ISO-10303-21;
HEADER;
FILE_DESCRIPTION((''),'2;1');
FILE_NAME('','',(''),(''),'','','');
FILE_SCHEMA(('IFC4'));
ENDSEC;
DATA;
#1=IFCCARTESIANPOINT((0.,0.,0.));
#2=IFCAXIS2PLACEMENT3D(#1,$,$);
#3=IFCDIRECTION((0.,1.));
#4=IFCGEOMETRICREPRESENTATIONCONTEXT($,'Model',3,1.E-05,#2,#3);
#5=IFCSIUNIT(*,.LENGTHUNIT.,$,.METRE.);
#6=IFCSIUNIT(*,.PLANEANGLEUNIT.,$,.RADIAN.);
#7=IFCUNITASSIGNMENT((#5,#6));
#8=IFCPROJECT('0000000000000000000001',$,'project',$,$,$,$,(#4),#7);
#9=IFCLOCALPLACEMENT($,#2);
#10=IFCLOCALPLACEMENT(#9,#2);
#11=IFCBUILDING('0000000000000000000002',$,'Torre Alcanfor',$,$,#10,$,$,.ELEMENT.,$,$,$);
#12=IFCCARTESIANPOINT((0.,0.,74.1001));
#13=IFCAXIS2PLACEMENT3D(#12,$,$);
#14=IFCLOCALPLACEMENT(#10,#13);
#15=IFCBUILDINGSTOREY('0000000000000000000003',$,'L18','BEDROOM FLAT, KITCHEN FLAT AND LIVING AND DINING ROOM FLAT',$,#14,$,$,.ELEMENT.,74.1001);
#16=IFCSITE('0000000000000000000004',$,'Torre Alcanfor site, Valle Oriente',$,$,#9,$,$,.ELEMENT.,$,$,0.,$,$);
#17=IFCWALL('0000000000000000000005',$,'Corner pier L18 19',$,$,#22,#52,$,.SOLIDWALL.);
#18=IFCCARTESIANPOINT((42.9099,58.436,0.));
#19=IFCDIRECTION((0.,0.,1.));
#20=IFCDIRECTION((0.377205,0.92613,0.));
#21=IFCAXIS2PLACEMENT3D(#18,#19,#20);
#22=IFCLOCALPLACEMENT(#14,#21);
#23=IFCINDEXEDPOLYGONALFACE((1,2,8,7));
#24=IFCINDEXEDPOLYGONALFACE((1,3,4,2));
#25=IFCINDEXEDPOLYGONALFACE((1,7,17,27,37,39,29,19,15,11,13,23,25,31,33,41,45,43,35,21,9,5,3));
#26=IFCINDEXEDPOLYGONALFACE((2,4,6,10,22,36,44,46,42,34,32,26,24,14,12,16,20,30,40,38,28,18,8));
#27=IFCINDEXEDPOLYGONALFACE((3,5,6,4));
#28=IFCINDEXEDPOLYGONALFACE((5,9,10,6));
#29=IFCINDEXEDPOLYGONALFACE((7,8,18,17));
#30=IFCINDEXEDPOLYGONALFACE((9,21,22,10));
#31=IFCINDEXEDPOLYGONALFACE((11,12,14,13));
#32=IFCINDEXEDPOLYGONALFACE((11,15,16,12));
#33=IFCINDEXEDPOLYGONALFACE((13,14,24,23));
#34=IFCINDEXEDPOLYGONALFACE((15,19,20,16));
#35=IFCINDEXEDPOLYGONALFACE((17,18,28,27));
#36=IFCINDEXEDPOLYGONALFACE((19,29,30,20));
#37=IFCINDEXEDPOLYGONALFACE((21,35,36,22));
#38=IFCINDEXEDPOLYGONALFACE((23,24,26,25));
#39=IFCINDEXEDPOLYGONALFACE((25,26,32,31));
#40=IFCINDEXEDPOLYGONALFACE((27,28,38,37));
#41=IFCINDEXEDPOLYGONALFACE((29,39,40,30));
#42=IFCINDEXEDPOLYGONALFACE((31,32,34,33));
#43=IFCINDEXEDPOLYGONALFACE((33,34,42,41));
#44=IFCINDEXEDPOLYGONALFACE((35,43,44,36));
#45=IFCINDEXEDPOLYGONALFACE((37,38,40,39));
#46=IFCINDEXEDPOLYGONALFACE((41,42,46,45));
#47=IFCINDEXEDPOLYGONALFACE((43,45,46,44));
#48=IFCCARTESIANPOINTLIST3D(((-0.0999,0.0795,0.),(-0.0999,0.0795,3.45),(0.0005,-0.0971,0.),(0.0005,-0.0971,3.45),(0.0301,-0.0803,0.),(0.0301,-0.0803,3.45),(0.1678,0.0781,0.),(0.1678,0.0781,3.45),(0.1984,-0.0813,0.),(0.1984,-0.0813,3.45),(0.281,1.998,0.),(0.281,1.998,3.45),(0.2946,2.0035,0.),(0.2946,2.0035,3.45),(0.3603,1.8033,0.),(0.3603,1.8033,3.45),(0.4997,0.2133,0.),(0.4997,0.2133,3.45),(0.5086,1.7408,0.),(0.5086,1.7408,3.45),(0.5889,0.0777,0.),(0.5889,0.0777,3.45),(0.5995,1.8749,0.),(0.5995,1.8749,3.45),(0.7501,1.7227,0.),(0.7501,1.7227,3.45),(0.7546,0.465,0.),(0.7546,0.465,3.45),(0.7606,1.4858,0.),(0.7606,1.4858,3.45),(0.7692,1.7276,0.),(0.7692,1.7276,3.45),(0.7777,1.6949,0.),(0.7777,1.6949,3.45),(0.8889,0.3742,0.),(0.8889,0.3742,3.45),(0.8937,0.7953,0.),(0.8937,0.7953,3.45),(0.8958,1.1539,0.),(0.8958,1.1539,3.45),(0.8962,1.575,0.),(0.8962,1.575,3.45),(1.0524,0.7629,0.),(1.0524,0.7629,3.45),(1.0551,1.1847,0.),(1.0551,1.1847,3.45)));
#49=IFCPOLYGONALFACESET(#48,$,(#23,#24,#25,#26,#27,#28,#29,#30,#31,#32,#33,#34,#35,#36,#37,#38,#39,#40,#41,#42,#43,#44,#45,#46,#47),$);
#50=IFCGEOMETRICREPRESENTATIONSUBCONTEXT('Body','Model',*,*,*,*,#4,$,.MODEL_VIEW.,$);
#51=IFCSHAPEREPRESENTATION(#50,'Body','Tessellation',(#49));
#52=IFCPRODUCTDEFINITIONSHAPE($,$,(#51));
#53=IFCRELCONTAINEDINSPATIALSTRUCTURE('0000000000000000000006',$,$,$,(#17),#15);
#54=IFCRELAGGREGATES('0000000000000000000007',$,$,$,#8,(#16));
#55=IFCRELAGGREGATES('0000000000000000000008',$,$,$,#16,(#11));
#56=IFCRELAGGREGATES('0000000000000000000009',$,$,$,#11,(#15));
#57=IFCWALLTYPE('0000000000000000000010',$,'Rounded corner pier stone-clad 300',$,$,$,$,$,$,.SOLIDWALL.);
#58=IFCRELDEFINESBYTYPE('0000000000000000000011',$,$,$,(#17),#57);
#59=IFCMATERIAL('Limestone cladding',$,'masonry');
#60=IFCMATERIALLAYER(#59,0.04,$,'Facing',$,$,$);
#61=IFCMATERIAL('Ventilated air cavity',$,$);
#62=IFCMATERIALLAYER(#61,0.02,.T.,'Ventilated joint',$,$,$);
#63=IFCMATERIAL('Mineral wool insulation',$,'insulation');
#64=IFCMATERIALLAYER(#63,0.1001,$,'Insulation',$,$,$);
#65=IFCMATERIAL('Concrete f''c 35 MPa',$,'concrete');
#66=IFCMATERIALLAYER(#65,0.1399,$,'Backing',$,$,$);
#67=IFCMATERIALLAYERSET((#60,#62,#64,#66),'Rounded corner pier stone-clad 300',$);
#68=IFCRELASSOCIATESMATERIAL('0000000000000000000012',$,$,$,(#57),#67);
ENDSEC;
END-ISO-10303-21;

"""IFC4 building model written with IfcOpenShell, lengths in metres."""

from ifc_helpers import new_model, si_unit, direction, frame, origin, place, context, subcontext, project, spatial, polyline, outline, extrude, material, layer, layer_set, type_object, element, save


model = new_model("IFC4")

# Units and contexts
model_context = context("Model", 3, precision=1e-05, world=origin(), true_north=direction((0.0, 1.0)))
body_context = subcontext(model_context, "Body", "Model", "MODEL_VIEW")
ifc_project = project(units=[si_unit("LENGTHUNIT", "METRE"), si_unit("PLANEANGLEUNIT", "RADIAN")], contexts=[model_context])

# Site, building, storey
site_placement = place(None, origin())
site = spatial("IfcSite", under=ifc_project, at=site_placement, Name="Torre Alcanfor site, Valle Oriente", CompositionType="ELEMENT", RefElevation=0.0)
building_placement = place(site_placement, origin())
building = spatial("IfcBuilding", under=site, at=building_placement, Name="Torre Alcanfor", CompositionType="ELEMENT")
storey_placement = place(building_placement, frame((0.0, 0.0, 74.1001)))
storey = spatial("IfcBuildingStorey", under=building, at=storey_placement, Name="L18", Description="BEDROOM FLAT, KITCHEN FLAT AND LIVING AND DINING ROOM FLAT", CompositionType="ELEMENT", Elevation=74.1001)

# Shared definitions
ifc_material_1 = material(Name="Limestone cladding", Category="masonry")
ifc_material_2 = material(Name="Ventilated air cavity")
ifc_material_3 = material(Name="Mineral wool insulation", Category="insulation")
ifc_material_4 = material(Name="Concrete f'c 35 MPa", Category="concrete")

# Wall
ifc_layer_1 = layer(ifc_material_1, 0.04, Name="Facing")
ifc_layer_2 = layer(ifc_material_2, 0.02, ventilated=True, Name="Ventilated joint")
ifc_layer_3 = layer(ifc_material_3, 0.1001, Name="Insulation")
ifc_layer_4 = layer(ifc_material_4, 0.1399, Name="Backing")
ifc_layer_set_1 = layer_set([ifc_layer_1, ifc_layer_2, ifc_layer_3, ifc_layer_4], Name="Rounded corner pier stone-clad 300")
wall_type_1 = type_object("IfcWallType", Name="Rounded corner pier stone-clad 300", PredefinedType="SOLIDWALL", material=ifc_layer_set_1)
wall_1_placement = place(storey_placement, frame((42.9099, 58.436, 0.0), z_axis=(0.0, 0.0, 1.0), x_axis=(0.377205, 0.92613, 0.0)))
element("IfcWall", 1, at=wall_1_placement, inside=storey, type_object=wall_type_1, Name="Corner pier L18 19", PredefinedType="SOLIDWALL", context=body_context, shape_type="SweptSolid", body=[
    extrude(outline(polyline([(0.7692, 1.7276), (0.7501, 1.7227), (0.5995, 1.8749), (0.2946, 2.0035), (0.281, 1.998), (0.3603, 1.8033), (0.5086, 1.7408), (0.7606, 1.4858), (0.8958, 1.1539), (0.8937, 0.7953), (0.7546, 0.465), (0.4997, 0.2133), (0.1678, 0.0781), (-0.0999, 0.0795), (0.0005, -0.0971), (0.0301, -0.0803), (0.1984, -0.0813), (0.5889, 0.0777), (0.8889, 0.3742), (1.0524, 0.7629), (1.0551, 1.1847), (0.8962, 1.575), (0.7777, 1.6949), (0.7692, 1.7276)])), origin(), (0.0, 0.0, 1.0), 3.45),
])

save(model, "model.ifc")
